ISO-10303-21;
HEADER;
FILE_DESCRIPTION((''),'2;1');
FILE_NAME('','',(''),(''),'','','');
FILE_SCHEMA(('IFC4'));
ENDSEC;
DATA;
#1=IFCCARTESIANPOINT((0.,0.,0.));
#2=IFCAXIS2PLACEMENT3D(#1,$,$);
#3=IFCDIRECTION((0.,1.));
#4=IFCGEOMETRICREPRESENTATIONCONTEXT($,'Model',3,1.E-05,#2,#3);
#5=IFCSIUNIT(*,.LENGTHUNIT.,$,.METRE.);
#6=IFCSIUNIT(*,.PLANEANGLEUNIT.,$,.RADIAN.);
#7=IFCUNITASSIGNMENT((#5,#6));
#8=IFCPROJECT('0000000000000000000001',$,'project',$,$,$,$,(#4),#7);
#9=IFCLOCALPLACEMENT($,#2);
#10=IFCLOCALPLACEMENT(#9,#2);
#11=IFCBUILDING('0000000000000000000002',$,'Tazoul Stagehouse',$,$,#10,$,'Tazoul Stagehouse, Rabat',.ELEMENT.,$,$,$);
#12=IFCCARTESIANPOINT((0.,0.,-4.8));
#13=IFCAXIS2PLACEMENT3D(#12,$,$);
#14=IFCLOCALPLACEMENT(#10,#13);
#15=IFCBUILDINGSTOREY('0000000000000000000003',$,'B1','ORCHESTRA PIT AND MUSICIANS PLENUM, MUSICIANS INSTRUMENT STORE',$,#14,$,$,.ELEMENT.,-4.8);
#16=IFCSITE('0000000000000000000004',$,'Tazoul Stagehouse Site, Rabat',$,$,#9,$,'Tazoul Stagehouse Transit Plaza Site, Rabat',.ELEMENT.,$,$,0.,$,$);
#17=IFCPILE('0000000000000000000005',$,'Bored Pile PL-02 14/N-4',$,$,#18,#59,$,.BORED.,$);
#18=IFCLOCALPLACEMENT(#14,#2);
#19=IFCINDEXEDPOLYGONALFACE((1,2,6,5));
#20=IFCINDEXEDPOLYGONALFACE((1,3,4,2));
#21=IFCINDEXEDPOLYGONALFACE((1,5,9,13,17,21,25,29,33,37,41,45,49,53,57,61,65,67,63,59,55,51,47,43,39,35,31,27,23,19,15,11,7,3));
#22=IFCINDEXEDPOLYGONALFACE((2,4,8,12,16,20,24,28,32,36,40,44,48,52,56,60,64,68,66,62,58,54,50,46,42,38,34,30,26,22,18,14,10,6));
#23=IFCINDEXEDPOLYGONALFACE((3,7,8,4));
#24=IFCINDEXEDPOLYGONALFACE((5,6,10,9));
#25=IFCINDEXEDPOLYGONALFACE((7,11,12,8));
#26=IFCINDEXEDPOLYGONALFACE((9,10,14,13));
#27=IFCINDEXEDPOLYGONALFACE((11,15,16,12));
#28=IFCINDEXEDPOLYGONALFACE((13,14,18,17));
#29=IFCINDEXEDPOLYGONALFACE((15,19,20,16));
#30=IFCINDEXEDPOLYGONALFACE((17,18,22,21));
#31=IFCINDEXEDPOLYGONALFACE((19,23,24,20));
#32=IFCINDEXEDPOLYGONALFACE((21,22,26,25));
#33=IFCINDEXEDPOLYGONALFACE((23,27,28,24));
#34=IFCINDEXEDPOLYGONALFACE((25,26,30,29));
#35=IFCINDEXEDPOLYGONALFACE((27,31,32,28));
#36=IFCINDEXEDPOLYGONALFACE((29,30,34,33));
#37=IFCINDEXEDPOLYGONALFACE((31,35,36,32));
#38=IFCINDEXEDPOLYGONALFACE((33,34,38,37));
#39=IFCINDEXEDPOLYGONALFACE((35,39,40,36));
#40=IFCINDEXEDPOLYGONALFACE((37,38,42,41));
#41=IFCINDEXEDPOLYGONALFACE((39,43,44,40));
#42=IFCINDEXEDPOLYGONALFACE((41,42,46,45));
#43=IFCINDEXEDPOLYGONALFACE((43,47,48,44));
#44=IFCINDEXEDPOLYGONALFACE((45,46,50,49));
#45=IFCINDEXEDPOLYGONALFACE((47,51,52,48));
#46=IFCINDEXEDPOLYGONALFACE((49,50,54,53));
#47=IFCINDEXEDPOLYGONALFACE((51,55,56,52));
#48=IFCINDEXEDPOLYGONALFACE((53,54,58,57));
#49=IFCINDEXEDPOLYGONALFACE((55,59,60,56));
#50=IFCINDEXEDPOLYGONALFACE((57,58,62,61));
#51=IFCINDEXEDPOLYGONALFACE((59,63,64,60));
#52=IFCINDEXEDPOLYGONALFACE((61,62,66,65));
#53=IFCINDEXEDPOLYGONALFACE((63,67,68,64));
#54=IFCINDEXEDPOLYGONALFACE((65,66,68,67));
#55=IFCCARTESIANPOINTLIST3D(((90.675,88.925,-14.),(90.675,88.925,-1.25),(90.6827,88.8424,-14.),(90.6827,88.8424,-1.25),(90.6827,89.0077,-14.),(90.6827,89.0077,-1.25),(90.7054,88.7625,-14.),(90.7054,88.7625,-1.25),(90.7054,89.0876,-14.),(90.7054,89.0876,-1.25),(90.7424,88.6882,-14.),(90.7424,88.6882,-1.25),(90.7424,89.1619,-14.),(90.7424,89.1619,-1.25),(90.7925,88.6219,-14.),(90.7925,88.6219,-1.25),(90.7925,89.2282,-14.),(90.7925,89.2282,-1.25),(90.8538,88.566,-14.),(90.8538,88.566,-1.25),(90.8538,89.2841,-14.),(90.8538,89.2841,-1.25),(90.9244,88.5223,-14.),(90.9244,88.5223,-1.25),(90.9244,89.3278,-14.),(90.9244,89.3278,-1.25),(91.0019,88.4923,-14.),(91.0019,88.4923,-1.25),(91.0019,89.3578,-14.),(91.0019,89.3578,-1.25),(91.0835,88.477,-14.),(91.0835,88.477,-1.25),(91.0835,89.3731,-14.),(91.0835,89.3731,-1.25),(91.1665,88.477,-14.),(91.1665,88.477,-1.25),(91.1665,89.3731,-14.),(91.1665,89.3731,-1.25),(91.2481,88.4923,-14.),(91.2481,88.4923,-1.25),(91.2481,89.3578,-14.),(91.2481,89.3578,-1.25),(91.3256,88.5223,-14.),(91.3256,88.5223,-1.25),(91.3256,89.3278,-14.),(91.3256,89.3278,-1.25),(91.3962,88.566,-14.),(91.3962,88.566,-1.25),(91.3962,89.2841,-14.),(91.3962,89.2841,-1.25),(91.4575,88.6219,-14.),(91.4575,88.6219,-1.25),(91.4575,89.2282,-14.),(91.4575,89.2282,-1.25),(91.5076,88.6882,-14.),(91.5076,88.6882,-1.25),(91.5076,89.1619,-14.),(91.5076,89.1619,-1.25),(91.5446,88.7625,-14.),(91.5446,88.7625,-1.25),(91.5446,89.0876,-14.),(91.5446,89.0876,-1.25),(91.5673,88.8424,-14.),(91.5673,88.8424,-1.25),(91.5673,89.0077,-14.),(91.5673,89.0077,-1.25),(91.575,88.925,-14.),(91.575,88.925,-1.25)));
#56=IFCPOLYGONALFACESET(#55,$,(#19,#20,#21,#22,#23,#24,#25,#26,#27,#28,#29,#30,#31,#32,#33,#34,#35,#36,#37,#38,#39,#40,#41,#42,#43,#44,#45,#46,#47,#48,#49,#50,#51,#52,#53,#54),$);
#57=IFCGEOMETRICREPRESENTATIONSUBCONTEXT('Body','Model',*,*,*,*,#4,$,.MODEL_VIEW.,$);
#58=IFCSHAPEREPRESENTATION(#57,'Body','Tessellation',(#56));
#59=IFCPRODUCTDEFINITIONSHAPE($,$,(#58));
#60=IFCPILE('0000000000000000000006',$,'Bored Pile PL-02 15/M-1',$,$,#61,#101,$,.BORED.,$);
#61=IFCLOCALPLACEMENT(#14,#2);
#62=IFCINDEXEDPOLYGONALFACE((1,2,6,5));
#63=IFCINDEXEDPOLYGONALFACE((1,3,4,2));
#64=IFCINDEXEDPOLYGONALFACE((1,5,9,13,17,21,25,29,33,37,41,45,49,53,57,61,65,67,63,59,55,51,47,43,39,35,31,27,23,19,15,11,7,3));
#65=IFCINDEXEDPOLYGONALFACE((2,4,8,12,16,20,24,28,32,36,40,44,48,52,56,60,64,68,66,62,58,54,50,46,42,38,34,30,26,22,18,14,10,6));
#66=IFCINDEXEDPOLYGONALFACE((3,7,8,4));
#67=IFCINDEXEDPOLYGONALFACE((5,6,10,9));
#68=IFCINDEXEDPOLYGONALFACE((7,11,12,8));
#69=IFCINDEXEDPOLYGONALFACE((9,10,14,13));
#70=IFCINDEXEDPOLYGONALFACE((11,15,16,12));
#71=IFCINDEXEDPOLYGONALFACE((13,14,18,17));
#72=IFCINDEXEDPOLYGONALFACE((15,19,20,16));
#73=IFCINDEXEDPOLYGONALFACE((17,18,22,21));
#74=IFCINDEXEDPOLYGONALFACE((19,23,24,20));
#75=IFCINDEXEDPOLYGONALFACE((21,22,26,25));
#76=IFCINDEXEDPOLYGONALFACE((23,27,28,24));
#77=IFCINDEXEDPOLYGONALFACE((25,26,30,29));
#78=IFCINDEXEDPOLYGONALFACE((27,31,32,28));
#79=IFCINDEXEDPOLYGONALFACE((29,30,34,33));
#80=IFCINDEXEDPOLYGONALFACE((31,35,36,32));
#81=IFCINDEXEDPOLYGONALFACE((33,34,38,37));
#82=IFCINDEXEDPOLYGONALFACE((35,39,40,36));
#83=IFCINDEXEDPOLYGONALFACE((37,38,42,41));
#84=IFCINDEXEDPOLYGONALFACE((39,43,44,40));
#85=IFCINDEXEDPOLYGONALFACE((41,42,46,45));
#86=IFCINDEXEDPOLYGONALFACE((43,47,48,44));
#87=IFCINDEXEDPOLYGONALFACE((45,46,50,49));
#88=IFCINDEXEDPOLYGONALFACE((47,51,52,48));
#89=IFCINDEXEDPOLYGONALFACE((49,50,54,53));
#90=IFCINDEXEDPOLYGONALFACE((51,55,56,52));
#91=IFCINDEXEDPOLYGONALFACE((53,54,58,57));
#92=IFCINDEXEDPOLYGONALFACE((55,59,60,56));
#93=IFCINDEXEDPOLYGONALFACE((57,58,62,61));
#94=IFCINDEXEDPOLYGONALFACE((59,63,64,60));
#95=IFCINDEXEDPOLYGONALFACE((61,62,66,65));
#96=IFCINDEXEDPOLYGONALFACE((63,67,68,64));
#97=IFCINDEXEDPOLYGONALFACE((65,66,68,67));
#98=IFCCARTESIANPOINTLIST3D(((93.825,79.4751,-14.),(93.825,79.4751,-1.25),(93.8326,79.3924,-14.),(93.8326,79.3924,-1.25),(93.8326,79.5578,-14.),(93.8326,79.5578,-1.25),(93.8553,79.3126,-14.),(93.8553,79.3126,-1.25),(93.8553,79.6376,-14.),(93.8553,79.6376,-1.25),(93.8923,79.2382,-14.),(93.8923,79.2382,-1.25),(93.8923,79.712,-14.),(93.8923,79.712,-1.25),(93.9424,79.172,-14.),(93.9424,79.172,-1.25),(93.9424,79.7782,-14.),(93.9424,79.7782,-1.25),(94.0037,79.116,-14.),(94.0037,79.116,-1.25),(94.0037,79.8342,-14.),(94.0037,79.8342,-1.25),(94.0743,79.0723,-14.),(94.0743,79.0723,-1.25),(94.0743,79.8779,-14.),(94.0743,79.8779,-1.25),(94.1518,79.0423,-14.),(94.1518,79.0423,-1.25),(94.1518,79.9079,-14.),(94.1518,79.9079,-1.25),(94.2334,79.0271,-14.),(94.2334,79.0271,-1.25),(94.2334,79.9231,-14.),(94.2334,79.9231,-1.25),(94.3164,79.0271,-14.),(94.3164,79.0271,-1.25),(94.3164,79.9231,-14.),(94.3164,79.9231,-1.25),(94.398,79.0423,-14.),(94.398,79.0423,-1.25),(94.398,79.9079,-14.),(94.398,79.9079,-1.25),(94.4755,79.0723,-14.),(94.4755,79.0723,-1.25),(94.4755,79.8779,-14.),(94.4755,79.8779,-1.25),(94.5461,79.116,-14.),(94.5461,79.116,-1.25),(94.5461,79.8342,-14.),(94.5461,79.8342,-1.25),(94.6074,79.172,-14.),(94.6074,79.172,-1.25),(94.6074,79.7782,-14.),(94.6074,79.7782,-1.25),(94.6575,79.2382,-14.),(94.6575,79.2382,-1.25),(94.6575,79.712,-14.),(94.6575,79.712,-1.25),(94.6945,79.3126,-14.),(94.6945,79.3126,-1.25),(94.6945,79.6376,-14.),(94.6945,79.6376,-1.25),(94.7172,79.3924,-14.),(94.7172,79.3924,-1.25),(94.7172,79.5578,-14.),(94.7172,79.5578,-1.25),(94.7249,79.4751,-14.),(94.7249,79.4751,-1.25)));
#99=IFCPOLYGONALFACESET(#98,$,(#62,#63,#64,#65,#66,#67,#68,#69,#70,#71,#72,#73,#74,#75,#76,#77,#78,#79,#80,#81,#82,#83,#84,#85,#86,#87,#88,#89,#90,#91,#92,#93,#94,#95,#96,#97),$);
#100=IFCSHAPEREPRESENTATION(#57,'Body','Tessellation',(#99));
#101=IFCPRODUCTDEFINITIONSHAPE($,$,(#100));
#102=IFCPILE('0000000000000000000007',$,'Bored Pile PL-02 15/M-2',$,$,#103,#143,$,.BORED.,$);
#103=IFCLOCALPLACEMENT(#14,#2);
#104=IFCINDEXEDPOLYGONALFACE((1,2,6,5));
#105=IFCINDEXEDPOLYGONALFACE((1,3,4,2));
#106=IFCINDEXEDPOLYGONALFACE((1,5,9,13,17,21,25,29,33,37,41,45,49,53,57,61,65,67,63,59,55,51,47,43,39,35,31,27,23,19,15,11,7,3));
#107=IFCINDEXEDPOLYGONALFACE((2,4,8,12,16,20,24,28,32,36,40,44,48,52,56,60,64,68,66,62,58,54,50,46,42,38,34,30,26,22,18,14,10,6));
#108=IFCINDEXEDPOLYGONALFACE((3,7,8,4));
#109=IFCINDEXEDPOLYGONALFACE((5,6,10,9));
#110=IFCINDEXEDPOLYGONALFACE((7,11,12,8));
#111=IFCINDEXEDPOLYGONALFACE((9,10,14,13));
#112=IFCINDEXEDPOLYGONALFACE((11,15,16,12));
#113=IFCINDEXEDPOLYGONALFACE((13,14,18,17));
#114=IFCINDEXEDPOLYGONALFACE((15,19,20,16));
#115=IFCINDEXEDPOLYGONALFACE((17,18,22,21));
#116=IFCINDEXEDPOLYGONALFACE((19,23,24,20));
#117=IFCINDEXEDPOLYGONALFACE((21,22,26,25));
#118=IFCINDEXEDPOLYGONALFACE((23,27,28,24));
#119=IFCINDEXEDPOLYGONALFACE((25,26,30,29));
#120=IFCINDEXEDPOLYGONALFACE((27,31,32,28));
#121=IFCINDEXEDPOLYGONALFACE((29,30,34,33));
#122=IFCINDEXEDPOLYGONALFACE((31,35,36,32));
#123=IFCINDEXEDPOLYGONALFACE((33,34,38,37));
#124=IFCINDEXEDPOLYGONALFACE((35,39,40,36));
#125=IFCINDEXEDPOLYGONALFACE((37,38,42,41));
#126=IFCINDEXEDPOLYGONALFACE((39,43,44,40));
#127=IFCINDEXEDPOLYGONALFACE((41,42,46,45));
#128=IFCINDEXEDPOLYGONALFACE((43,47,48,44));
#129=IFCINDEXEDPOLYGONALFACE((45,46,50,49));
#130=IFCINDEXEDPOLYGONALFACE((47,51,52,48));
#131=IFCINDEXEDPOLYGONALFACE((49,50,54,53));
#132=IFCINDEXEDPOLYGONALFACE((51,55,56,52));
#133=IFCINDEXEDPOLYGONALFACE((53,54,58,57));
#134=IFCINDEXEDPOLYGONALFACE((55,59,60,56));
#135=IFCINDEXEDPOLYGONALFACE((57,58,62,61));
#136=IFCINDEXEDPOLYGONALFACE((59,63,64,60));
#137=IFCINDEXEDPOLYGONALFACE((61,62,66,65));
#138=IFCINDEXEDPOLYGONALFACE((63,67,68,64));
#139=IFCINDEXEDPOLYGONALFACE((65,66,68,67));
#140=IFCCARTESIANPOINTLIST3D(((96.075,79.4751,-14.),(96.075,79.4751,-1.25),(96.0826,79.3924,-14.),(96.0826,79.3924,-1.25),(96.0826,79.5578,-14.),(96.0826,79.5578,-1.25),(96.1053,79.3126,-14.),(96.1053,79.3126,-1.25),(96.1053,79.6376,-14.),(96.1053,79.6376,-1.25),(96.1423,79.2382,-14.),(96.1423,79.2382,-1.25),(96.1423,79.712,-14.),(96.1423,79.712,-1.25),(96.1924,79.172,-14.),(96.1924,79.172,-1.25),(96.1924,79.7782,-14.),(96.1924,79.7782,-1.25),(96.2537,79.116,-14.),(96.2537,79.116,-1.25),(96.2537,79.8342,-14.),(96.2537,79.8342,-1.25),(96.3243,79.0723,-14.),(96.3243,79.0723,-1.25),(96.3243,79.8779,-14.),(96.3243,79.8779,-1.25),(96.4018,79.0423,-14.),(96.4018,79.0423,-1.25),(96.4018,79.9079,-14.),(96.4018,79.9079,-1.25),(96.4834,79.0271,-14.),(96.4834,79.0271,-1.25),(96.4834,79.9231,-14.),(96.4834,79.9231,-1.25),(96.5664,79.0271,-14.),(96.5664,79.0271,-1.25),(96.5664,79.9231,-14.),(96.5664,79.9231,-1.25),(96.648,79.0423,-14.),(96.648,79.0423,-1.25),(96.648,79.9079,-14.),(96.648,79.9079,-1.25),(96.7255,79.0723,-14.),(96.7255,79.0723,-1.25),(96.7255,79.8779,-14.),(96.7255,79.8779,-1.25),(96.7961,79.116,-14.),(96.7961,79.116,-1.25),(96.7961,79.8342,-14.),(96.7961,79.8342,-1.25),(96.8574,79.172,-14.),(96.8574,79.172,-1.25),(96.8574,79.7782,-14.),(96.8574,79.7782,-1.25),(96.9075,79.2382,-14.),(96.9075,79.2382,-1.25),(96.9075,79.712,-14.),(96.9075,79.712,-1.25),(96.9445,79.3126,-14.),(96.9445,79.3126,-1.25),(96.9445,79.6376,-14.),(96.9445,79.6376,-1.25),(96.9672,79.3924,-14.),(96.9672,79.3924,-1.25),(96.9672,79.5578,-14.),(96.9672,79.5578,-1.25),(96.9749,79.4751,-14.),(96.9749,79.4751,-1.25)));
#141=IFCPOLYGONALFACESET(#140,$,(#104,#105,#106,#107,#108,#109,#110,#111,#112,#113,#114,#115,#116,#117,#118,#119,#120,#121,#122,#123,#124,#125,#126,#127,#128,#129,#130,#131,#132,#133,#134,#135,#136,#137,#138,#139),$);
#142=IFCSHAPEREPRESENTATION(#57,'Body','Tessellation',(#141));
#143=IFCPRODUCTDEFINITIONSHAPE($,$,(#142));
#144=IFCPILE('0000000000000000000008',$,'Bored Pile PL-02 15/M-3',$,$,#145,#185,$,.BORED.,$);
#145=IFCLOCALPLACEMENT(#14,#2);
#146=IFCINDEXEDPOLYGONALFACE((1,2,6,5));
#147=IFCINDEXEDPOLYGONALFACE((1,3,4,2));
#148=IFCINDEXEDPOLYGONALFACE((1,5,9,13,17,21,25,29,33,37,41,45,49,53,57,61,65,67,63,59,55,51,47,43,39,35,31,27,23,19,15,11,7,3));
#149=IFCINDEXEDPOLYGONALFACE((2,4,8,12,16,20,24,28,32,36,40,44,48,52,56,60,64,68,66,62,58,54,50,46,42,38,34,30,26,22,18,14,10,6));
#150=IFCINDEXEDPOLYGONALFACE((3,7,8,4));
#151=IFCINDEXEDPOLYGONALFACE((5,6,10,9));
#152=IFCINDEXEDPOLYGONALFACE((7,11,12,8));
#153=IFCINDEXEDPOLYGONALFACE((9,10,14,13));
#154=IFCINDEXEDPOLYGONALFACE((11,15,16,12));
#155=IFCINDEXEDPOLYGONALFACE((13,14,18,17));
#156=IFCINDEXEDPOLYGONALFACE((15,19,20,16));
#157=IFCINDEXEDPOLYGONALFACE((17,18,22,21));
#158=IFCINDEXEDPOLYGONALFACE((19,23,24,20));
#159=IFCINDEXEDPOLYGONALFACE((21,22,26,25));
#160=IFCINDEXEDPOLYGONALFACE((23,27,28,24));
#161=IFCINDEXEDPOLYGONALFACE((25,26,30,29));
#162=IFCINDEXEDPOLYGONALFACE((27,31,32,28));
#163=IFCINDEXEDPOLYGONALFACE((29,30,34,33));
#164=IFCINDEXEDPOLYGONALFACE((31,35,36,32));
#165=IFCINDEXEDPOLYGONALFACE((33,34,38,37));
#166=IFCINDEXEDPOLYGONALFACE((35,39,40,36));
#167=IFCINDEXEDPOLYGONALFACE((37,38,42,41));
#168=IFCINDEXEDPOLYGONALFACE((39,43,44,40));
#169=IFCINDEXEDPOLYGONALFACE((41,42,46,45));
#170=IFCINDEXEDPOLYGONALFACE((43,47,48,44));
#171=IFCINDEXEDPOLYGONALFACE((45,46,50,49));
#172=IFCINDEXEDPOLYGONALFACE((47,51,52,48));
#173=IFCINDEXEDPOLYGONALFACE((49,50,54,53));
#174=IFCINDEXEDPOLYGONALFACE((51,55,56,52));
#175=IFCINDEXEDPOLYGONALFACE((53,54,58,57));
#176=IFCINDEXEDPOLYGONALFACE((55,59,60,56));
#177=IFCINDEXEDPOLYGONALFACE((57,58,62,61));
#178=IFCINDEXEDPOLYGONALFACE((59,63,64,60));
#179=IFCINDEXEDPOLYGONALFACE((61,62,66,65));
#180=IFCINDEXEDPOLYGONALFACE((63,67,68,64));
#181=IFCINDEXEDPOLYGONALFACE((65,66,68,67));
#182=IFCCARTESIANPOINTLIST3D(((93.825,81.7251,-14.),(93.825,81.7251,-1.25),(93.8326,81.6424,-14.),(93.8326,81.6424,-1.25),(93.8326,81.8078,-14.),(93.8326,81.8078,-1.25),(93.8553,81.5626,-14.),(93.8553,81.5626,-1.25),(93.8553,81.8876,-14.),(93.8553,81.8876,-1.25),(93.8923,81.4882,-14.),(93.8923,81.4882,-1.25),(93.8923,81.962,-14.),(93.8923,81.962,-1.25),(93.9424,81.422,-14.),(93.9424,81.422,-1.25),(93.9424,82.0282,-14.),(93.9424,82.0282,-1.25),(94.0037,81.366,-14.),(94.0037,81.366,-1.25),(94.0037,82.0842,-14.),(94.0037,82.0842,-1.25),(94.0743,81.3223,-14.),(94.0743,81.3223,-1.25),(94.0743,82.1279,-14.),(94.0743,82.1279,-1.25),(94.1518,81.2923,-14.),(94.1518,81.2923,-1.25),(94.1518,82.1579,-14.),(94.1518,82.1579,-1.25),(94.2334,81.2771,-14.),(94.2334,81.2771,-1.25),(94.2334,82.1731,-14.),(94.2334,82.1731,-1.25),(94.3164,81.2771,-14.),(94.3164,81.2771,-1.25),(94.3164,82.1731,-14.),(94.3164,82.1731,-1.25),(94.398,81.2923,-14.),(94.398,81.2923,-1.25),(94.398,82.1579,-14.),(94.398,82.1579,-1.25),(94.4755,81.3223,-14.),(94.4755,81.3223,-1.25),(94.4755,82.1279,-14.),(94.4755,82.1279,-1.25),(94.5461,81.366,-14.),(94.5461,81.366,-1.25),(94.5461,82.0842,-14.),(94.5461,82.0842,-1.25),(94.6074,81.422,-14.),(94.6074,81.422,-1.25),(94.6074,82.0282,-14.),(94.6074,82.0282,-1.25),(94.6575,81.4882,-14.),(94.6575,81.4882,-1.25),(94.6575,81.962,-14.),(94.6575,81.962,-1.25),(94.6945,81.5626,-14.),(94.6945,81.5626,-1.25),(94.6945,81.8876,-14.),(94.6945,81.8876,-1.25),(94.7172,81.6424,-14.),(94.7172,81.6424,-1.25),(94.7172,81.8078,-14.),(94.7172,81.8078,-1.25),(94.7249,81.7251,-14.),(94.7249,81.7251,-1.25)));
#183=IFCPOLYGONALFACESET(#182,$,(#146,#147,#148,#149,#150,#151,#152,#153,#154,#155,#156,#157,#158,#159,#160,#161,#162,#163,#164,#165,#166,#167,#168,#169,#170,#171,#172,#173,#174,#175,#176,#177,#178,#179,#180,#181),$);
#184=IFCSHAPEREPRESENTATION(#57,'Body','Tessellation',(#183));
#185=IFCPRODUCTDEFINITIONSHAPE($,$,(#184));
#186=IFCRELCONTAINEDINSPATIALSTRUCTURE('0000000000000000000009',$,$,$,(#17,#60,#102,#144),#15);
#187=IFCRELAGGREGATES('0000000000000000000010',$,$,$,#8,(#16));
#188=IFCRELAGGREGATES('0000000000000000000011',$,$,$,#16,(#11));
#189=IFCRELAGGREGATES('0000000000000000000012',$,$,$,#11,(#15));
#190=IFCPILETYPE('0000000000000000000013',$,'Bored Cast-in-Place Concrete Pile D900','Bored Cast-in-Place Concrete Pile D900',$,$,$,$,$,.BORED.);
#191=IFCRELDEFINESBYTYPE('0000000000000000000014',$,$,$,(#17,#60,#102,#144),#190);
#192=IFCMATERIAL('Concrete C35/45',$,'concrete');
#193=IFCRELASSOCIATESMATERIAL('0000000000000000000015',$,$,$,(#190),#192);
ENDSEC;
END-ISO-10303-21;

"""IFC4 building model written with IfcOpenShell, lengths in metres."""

from ifc_helpers import new_model, si_unit, direction, frame, origin, origin_2d, place, context, subcontext, project, spatial, circle, extrude, material, material_profile, profile_set, type_object, element, save


model = new_model("IFC4")

# Units and contexts
model_context = context("Model", 3, precision=1e-05, world=origin(), true_north=direction((0.0, 1.0)))
body_context = subcontext(model_context, "Body", "Model", "MODEL_VIEW")
ifc_project = project(units=[si_unit("LENGTHUNIT", "METRE"), si_unit("PLANEANGLEUNIT", "RADIAN")], contexts=[model_context])

# Site, building, storey
site_placement = place(None, origin())
site = spatial("IfcSite", under=ifc_project, at=site_placement, Name="Tazoul Stagehouse Site, Rabat", LongName="Tazoul Stagehouse Transit Plaza Site, Rabat", CompositionType="ELEMENT", RefElevation=0.0)
building_placement = place(site_placement, origin())
building = spatial("IfcBuilding", under=site, at=building_placement, Name="Tazoul Stagehouse", LongName="Tazoul Stagehouse, Rabat", CompositionType="ELEMENT")
storey_placement = place(building_placement, frame((0.0, 0.0, -4.8)))
storey = spatial("IfcBuildingStorey", under=building, at=storey_placement, Name="B1", Description="ORCHESTRA PIT AND MUSICIANS PLENUM, MUSICIANS INSTRUMENT STORE", CompositionType="ELEMENT", Elevation=-4.8)

# Piles
ifc_material_1 = material(Name="Concrete C35/45", Category="concrete")
ifc_material_profile_1 = material_profile(ifc_material_1, circle(Radius=0.45, at=origin_2d()), Name="BORED PILE 900")
ifc_profile_set_1 = profile_set([ifc_material_profile_1], Name="Concrete C35/45")
pile_type_1 = type_object("IfcPileType", Name="Bored Cast-in-Place Concrete Pile D900", Description="Bored Cast-in-Place Concrete Pile D900", PredefinedType="BORED", material=ifc_profile_set_1)
for number, where, z_axis, x_axis, name in (
    (1, (91.125, 88.925, -1.25), (0.0, 0.0, -1.0), (1.0, 0.0, 0.0), "Bored Pile PL-02 14/N-4"),
    (2, (94.2749, 79.4751, -1.25), (0.0, 0.0, -1.0), (1.0, 0.0, 0.0), "Bored Pile PL-02 15/M-1"),
    (3, (96.5249, 79.4751, -1.25), (0.0, 0.0, -1.0), (1.0, 0.0, 0.0), "Bored Pile PL-02 15/M-2"),
    (4, (94.2749, 81.7251, -1.25), (0.0, 0.0, -1.0), (1.0, 0.0, 0.0), "Bored Pile PL-02 15/M-3"),
):
    element("IfcPile", number, at=place(storey_placement, frame(where, z_axis=z_axis, x_axis=x_axis)), inside=storey, type_object=pile_type_1, Name=name, PredefinedType="BORED", context=body_context, shape_type="SweptSolid", body=[
        extrude(circle(Radius=0.45, at=origin_2d()), origin(), (0.0, 0.0, 1.0), 12.75),
    ])

save(model, "model.ifc")
